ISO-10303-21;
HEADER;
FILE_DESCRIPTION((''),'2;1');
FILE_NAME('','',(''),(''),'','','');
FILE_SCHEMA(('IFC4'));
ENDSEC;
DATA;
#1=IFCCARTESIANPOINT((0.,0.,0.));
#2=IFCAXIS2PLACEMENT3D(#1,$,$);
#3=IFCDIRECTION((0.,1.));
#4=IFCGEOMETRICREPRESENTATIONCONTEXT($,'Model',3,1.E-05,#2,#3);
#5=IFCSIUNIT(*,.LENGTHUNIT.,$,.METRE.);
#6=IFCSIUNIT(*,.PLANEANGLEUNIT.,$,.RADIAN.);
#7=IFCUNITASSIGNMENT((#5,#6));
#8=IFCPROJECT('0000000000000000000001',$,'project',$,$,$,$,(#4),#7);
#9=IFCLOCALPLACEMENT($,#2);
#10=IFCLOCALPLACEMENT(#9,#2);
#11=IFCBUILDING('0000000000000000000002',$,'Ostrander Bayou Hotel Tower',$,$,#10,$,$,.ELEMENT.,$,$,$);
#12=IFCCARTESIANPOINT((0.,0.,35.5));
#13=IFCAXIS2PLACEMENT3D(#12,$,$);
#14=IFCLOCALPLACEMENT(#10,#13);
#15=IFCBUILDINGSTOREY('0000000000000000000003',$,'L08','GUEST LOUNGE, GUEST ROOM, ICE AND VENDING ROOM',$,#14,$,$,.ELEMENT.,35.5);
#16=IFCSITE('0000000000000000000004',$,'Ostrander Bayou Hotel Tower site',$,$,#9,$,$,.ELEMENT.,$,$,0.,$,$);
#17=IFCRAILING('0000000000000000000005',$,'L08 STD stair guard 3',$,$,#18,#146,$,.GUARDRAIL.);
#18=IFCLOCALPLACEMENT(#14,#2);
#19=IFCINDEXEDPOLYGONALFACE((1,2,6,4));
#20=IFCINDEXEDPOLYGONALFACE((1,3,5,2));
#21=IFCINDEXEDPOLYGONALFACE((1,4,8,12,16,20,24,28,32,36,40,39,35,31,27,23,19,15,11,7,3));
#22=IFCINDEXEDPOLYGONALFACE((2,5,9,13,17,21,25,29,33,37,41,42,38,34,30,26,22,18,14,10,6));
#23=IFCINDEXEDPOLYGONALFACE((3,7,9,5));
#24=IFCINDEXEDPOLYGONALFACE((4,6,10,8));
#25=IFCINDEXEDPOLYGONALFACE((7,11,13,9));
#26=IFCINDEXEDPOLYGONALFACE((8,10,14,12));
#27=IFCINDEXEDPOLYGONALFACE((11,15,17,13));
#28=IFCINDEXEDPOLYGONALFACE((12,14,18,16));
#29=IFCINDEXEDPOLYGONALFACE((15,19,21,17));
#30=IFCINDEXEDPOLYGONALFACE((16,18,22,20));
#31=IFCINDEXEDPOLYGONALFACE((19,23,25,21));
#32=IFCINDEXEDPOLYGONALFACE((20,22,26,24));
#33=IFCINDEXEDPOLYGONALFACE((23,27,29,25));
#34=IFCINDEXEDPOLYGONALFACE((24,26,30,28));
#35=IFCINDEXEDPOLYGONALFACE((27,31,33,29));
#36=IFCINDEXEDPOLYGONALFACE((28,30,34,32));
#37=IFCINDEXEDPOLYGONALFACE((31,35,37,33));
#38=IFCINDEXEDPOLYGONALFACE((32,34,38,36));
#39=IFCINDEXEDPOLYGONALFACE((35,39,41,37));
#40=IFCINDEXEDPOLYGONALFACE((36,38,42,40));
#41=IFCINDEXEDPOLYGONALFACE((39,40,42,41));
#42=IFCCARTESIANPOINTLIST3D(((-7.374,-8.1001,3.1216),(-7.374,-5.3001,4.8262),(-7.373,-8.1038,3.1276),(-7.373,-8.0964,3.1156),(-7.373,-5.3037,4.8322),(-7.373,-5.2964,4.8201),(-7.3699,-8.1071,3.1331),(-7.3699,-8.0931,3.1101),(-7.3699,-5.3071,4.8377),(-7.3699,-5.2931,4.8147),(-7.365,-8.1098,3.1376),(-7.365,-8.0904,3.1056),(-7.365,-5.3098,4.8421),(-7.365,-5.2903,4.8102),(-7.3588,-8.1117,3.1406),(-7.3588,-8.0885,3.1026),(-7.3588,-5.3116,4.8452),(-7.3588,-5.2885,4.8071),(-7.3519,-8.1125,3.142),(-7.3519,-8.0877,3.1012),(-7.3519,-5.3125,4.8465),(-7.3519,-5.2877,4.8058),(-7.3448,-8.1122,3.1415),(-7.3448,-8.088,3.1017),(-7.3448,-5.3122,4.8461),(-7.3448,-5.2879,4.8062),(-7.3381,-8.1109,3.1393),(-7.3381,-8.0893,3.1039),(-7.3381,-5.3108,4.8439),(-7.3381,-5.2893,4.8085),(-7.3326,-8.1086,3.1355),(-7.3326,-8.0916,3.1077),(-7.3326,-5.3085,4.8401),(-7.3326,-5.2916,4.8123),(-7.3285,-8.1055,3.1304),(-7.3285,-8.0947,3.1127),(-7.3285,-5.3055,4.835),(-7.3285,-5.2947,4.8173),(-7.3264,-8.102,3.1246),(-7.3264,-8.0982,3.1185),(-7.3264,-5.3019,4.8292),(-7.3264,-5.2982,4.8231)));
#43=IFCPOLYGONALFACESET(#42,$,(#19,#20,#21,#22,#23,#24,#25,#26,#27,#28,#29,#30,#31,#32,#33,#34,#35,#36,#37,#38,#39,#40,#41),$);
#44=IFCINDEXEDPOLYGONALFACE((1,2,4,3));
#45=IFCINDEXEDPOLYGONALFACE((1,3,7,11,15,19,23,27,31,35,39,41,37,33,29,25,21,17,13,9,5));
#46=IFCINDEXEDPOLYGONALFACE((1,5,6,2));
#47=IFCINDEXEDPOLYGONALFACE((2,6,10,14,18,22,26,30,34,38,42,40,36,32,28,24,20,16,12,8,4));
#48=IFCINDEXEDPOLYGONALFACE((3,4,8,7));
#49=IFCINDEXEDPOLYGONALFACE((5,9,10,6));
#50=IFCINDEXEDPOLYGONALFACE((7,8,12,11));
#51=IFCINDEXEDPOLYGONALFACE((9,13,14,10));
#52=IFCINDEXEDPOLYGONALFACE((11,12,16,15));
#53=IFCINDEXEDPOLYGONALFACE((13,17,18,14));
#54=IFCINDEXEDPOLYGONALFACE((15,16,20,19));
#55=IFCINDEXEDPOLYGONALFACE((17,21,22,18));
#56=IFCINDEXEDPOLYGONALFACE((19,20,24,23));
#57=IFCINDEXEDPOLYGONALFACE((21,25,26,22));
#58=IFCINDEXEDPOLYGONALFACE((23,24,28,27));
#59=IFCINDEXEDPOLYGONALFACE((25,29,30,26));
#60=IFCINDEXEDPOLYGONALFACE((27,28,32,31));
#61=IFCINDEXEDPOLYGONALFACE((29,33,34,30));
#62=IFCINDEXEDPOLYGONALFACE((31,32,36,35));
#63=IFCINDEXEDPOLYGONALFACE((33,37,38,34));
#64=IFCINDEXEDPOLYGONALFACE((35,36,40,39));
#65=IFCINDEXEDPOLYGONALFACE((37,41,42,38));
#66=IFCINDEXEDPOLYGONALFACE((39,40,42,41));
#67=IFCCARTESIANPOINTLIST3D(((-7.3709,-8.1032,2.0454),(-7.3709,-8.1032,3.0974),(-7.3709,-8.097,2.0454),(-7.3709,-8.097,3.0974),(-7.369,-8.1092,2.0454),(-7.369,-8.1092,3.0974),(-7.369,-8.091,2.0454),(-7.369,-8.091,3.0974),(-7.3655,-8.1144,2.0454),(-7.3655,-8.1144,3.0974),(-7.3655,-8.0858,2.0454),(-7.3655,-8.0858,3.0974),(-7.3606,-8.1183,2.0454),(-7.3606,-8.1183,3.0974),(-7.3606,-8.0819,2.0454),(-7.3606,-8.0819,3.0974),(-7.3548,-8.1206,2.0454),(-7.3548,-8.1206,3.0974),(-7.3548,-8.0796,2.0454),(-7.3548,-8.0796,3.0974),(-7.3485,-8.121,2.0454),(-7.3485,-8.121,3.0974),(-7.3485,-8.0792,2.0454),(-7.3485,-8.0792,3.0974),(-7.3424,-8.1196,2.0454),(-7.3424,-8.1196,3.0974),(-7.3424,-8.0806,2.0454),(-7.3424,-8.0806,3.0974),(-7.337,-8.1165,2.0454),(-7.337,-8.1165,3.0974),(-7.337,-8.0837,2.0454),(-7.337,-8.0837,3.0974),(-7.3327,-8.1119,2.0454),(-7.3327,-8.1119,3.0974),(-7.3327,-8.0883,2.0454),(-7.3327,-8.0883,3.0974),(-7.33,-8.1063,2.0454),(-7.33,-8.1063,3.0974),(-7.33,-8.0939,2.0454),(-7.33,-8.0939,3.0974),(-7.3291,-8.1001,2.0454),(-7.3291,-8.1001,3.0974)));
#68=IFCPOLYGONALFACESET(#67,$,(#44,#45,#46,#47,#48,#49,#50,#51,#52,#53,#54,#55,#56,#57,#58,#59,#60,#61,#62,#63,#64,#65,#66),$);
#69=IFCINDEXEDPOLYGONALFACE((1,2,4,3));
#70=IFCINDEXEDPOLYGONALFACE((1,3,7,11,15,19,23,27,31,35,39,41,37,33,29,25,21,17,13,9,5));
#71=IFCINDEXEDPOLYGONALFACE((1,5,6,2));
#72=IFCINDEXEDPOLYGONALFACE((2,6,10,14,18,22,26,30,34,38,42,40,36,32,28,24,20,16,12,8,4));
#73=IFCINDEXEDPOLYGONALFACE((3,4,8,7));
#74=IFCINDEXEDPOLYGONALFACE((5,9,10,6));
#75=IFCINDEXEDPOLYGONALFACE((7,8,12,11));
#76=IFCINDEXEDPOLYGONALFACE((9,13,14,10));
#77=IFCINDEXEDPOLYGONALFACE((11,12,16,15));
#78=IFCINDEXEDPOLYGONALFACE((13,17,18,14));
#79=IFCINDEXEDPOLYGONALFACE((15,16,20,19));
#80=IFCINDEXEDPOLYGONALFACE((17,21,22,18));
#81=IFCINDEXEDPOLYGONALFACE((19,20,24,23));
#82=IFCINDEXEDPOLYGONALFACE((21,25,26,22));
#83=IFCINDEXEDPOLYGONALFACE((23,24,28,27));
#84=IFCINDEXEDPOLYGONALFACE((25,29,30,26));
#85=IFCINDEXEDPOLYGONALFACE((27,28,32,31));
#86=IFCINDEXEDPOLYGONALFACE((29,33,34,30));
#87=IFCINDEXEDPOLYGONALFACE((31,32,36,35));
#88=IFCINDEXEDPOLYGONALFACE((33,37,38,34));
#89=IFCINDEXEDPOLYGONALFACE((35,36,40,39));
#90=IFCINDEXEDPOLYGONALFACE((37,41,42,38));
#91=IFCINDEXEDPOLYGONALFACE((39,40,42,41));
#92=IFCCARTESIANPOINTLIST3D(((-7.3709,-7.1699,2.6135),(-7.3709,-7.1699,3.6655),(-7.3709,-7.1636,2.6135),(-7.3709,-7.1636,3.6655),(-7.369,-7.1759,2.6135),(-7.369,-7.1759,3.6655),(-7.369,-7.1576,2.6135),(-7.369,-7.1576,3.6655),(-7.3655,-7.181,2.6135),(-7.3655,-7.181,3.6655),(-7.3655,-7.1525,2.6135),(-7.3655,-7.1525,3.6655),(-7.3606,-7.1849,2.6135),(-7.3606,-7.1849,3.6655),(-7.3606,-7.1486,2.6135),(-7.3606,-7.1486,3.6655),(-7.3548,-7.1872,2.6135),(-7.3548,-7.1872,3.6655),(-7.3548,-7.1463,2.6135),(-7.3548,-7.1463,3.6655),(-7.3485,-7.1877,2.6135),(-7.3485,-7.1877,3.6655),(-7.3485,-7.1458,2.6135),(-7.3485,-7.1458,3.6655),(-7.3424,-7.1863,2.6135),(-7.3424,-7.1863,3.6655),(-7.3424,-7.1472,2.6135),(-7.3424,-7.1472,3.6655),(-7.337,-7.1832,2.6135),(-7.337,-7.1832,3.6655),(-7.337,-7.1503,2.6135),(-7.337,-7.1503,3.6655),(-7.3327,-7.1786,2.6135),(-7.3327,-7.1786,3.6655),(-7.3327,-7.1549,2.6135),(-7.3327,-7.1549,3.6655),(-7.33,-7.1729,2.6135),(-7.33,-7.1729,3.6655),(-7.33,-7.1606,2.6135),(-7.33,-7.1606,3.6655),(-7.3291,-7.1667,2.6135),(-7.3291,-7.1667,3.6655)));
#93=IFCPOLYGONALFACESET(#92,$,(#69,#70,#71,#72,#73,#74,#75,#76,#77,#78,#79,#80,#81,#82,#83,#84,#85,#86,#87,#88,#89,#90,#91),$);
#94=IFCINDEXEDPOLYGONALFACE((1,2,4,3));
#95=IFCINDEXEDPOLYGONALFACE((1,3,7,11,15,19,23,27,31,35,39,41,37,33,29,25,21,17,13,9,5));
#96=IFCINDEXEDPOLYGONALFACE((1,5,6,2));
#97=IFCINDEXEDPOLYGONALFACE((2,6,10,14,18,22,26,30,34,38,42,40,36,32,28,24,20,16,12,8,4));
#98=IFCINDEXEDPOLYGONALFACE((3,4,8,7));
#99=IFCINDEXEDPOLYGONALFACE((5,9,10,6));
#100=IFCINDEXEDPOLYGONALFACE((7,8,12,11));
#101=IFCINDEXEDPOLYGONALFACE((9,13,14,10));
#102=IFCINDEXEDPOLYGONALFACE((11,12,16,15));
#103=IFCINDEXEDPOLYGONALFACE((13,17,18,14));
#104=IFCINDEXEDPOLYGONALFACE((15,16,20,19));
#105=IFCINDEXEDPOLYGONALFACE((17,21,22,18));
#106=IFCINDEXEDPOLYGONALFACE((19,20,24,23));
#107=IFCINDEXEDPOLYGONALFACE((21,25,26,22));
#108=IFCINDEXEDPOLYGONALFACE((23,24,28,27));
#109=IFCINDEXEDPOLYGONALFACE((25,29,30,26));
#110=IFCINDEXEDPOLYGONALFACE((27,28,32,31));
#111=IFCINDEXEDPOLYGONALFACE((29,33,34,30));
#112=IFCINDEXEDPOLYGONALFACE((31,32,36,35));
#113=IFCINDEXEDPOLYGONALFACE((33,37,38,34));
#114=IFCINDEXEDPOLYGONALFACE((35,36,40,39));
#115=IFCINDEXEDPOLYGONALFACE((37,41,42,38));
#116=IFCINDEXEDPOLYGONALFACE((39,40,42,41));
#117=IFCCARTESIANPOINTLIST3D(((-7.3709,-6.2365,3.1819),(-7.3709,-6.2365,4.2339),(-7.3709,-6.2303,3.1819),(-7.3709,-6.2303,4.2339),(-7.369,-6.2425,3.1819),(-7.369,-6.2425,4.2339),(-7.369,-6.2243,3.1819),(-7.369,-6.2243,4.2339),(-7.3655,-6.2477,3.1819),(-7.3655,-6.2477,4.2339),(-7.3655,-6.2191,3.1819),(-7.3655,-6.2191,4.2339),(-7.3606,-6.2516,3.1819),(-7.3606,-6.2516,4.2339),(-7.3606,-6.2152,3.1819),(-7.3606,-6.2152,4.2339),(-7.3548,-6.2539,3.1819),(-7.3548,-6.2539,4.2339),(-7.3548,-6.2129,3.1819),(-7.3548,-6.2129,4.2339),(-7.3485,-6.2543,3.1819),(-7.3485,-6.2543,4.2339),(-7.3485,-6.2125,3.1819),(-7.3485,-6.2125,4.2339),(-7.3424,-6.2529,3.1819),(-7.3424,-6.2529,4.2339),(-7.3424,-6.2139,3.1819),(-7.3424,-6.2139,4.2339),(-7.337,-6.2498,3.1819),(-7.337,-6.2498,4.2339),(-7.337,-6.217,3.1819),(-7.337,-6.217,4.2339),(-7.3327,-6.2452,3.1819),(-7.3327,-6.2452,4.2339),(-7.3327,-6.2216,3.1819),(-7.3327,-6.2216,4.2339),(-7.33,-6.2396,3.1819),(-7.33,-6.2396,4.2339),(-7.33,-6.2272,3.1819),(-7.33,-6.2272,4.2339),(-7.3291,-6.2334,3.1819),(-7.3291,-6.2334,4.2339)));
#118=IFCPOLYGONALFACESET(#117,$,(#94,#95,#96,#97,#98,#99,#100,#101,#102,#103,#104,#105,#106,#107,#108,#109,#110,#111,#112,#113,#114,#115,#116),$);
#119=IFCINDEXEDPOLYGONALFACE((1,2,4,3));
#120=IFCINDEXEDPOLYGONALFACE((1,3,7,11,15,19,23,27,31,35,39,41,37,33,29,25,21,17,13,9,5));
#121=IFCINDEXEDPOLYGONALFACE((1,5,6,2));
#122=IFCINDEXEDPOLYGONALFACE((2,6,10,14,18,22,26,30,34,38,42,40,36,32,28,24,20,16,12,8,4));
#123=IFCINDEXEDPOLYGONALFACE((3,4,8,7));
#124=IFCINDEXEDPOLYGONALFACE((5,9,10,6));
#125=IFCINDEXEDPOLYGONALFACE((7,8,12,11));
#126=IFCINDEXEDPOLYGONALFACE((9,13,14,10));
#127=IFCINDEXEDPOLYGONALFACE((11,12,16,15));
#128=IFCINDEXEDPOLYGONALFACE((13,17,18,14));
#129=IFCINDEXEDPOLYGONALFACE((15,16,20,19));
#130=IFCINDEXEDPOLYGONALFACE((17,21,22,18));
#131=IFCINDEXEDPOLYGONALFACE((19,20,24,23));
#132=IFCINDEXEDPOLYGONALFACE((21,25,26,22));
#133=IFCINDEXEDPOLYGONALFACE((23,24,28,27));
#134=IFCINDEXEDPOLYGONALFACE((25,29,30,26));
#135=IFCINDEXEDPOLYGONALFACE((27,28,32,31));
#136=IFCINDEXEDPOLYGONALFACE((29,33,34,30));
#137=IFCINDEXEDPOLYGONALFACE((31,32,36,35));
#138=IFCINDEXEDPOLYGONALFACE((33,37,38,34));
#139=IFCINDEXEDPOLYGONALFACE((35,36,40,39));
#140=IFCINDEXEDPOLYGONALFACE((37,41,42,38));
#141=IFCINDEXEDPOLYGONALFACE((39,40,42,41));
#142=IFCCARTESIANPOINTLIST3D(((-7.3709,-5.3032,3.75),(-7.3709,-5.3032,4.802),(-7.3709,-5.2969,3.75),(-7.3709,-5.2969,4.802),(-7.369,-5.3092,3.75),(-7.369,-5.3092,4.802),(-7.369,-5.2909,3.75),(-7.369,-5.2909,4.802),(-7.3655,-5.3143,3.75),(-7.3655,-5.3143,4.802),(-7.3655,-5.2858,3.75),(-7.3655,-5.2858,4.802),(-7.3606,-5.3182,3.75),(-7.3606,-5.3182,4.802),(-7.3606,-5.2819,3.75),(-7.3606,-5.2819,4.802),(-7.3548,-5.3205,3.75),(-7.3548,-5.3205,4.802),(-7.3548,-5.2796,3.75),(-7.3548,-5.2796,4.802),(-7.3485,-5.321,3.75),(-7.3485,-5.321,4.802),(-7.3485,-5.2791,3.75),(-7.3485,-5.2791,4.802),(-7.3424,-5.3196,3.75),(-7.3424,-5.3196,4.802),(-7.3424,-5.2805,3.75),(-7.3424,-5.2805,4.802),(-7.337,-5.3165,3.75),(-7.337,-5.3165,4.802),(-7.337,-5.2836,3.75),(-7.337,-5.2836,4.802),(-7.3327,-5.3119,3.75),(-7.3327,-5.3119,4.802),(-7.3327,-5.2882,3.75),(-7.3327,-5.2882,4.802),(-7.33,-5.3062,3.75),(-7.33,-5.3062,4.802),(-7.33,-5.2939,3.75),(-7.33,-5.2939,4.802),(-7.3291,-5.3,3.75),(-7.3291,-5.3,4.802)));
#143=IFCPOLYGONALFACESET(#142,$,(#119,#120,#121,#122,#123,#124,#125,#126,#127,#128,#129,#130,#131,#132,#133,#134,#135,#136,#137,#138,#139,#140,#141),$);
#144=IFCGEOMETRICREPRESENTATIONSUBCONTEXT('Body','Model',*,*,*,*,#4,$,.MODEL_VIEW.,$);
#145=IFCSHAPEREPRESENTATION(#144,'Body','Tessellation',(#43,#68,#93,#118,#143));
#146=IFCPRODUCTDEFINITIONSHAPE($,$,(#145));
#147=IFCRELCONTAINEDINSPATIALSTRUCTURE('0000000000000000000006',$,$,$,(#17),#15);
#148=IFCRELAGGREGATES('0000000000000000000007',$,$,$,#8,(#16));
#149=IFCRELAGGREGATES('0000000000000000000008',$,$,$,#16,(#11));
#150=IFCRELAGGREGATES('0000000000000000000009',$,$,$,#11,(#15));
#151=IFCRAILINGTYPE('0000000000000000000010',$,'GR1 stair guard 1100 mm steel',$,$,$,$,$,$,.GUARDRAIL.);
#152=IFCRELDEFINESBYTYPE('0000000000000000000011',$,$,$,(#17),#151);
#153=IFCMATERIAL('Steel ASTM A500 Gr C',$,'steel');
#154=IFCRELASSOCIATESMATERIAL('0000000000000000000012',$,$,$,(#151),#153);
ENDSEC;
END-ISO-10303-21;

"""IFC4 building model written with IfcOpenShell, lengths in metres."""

from ifc_helpers import new_model, si_unit, direction, frame, origin, origin_2d, place, context, subcontext, project, spatial, circle, extrude, material, type_object, element, save


model = new_model("IFC4")

# Units and contexts
model_context = context("Model", 3, precision=1e-05, world=origin(), true_north=direction((0.0, 1.0)))
body_context = subcontext(model_context, "Body", "Model", "MODEL_VIEW")
ifc_project = project(units=[si_unit("LENGTHUNIT", "METRE"), si_unit("PLANEANGLEUNIT", "RADIAN")], contexts=[model_context])

# Site, building, storey
site_placement = place(None, origin())
site = spatial("IfcSite", under=ifc_project, at=site_placement, Name="Ostrander Bayou Hotel Tower site", CompositionType="ELEMENT", RefElevation=0.0)
building_placement = place(site_placement, origin())
building = spatial("IfcBuilding", under=site, at=building_placement, Name="Ostrander Bayou Hotel Tower", CompositionType="ELEMENT")
storey_placement = place(building_placement, frame((0.0, 0.0, 35.5)))
storey = spatial("IfcBuildingStorey", under=building, at=storey_placement, Name="L08", Description="GUEST LOUNGE, GUEST ROOM, ICE AND VENDING ROOM", CompositionType="ELEMENT", Elevation=35.5)

# Railing
ifc_material_1 = material(Name="Steel ASTM A500 Gr C", Category="steel")
railing_type_1 = type_object("IfcRailingType", Name="GR1 stair guard 1100 mm steel", PredefinedType="GUARDRAIL", material=ifc_material_1)
railing_1_placement = place(storey_placement, frame((-7.3501, -8.1001, 2.0454)))
element("IfcRailing", 1, at=railing_1_placement, inside=storey, type_object=railing_type_1, Name="L08 STD stair guard 3", PredefinedType="GUARDRAIL", context=body_context, shape_type="SweptSolid", body=[
    extrude(circle(Radius=0.0239, at=origin_2d()), frame((0.0, 0.0, 1.0762), z_axis=(0.0, 0.85417, 0.519994), x_axis=(-1.0, 0.0, 0.0)), (0.0, 0.0, 1.0), 3.2781),
    extrude(circle(Radius=0.021, at=origin_2d()), origin(), (0.0, 0.0, 1.0), 1.052),
    extrude(circle(Radius=0.021, at=origin_2d()), frame((0.0, 0.9333, 0.5681)), (0.0, 0.0, 1.0), 1.052),
    extrude(circle(Radius=0.021, at=origin_2d()), frame((0.0, 1.8667, 1.1365)), (0.0, 0.0, 1.0), 1.052),
    extrude(circle(Radius=0.021, at=origin_2d()), frame((0.0, 2.8, 1.7046)), (0.0, 0.0, 1.0), 1.052),
])

save(model, "model.ifc")
